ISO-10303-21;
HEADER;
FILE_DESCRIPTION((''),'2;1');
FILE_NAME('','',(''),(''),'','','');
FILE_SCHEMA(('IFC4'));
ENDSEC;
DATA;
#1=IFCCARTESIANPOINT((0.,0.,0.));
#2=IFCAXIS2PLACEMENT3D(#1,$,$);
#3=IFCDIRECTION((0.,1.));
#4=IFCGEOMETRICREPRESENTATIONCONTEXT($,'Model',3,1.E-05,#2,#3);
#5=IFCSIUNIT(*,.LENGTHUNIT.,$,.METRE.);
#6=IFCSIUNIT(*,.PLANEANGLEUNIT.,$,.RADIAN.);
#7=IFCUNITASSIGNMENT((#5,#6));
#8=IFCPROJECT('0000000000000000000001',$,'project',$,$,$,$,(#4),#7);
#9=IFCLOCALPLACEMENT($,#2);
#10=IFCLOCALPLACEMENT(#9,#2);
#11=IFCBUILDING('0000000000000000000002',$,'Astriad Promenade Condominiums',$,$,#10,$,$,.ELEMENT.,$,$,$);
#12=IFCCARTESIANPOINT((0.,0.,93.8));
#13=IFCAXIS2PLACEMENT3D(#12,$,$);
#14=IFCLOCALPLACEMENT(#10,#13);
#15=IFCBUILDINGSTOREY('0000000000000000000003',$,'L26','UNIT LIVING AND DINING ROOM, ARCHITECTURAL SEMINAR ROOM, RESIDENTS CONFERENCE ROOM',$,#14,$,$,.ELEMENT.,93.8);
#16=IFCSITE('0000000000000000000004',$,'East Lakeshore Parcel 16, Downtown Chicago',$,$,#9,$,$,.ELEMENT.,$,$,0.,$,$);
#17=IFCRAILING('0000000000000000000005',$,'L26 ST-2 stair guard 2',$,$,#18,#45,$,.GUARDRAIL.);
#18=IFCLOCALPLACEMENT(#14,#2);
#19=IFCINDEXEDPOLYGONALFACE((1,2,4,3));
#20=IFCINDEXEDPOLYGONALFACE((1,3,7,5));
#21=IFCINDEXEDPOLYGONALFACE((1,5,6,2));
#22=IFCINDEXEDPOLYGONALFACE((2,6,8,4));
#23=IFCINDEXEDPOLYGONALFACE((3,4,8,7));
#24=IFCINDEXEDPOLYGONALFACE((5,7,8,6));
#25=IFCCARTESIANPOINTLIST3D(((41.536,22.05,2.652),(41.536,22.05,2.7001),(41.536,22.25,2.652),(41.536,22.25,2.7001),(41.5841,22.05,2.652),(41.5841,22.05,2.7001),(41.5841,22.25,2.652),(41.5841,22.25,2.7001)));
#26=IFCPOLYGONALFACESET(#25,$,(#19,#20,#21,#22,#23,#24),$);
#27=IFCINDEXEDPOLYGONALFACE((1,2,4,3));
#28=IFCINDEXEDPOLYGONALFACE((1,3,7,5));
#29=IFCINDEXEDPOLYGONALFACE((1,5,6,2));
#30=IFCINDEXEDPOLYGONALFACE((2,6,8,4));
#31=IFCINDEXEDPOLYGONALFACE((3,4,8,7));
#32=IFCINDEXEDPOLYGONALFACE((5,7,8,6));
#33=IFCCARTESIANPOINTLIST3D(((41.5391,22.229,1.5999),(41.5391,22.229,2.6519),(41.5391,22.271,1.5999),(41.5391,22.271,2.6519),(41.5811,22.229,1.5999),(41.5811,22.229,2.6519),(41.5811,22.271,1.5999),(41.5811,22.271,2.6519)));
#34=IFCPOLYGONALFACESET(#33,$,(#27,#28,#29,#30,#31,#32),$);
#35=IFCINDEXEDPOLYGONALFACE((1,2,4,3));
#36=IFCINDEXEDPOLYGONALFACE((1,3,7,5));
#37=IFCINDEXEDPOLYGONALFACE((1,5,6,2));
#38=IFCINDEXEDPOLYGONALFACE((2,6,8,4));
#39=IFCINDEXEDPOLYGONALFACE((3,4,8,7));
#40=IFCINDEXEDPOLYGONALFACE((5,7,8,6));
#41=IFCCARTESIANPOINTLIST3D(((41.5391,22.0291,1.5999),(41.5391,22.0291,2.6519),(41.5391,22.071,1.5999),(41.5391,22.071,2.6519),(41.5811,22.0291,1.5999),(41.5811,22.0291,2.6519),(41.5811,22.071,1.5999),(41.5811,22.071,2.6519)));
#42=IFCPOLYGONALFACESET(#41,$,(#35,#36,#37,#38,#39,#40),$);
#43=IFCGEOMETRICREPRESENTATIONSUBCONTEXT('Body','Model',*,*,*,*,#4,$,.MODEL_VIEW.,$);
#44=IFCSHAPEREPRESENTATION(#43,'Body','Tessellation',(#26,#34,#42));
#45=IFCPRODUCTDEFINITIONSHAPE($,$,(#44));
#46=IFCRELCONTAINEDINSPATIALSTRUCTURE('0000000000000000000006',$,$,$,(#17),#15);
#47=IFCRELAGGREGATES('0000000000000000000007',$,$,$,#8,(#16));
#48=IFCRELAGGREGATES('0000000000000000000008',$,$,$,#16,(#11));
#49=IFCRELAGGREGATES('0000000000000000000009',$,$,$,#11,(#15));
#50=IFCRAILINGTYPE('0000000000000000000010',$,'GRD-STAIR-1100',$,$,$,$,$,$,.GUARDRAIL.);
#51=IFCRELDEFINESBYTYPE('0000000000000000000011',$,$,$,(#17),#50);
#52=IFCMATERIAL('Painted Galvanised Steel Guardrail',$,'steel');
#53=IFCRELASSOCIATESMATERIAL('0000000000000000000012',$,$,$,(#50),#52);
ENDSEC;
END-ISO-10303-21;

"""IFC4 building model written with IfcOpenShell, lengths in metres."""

from ifc_helpers import new_model, si_unit, direction, frame, origin, origin_2d, place, context, subcontext, project, spatial, rectangle, extrude, source, transform, mapped, material, type_object, element, save


model = new_model("IFC4")

# Units and contexts
model_context = context("Model", 3, precision=1e-05, world=origin(), true_north=direction((0.0, 1.0)))
body_context = subcontext(model_context, "Body", "Model", "MODEL_VIEW")
ifc_project = project(units=[si_unit("LENGTHUNIT", "METRE"), si_unit("PLANEANGLEUNIT", "RADIAN")], contexts=[model_context])

# Site, building, storey
site_placement = place(None, origin())
site = spatial("IfcSite", under=ifc_project, at=site_placement, Name="East Lakeshore Parcel 16, Downtown Chicago", CompositionType="ELEMENT", RefElevation=0.0)
building_placement = place(site_placement, origin())
building = spatial("IfcBuilding", under=site, at=building_placement, Name="Astriad Promenade Condominiums", CompositionType="ELEMENT")
storey_placement = place(building_placement, frame((0.0, 0.0, 93.8)))
storey = spatial("IfcBuildingStorey", under=building, at=storey_placement, Name="L26", Description="UNIT LIVING AND DINING ROOM, ARCHITECTURAL SEMINAR ROOM, RESIDENTS CONFERENCE ROOM", CompositionType="ELEMENT", Elevation=93.8)

# Railing
ifc_material_1 = material(Name="Painted Galvanised Steel Guardrail", Category="steel")
railing_type_1 = type_object("IfcRailingType", Name="GRD-STAIR-1100", PredefinedType="GUARDRAIL", material=ifc_material_1)
shared_shape_1 = source(origin(), body_context, "Body", "SweptSolid", [
    extrude(rectangle(XDim=0.0481, YDim=0.0481, at=origin_2d()), frame((0.0, 0.0, 1.0762), z_axis=(0.0, -1.0, 0.0), x_axis=(1.0, 0.0, 0.0)), (0.0, 0.0, 1.0), 0.2),
    extrude(rectangle(XDim=0.042, YDim=0.042, at=origin_2d()), origin(), (0.0, 0.0, 1.0), 1.052),
    extrude(rectangle(XDim=0.042, YDim=0.042, at=origin_2d()), frame((0.0, -0.2, 0.0)), (0.0, 0.0, 1.0), 1.052),
])
railing_1_placement = place(storey_placement, frame((41.5601, 22.25, 1.5999)))
element("IfcRailing", 1, at=railing_1_placement, inside=storey, type_object=railing_type_1, Name="L26 ST-2 stair guard 2", PredefinedType="GUARDRAIL", context=body_context, shape_type="MappedRepresentation", body=[
    mapped(shared_shape_1, transform((0.0, 0.0, 0.0), scale=1.0)),
])

save(model, "model.ifc")
